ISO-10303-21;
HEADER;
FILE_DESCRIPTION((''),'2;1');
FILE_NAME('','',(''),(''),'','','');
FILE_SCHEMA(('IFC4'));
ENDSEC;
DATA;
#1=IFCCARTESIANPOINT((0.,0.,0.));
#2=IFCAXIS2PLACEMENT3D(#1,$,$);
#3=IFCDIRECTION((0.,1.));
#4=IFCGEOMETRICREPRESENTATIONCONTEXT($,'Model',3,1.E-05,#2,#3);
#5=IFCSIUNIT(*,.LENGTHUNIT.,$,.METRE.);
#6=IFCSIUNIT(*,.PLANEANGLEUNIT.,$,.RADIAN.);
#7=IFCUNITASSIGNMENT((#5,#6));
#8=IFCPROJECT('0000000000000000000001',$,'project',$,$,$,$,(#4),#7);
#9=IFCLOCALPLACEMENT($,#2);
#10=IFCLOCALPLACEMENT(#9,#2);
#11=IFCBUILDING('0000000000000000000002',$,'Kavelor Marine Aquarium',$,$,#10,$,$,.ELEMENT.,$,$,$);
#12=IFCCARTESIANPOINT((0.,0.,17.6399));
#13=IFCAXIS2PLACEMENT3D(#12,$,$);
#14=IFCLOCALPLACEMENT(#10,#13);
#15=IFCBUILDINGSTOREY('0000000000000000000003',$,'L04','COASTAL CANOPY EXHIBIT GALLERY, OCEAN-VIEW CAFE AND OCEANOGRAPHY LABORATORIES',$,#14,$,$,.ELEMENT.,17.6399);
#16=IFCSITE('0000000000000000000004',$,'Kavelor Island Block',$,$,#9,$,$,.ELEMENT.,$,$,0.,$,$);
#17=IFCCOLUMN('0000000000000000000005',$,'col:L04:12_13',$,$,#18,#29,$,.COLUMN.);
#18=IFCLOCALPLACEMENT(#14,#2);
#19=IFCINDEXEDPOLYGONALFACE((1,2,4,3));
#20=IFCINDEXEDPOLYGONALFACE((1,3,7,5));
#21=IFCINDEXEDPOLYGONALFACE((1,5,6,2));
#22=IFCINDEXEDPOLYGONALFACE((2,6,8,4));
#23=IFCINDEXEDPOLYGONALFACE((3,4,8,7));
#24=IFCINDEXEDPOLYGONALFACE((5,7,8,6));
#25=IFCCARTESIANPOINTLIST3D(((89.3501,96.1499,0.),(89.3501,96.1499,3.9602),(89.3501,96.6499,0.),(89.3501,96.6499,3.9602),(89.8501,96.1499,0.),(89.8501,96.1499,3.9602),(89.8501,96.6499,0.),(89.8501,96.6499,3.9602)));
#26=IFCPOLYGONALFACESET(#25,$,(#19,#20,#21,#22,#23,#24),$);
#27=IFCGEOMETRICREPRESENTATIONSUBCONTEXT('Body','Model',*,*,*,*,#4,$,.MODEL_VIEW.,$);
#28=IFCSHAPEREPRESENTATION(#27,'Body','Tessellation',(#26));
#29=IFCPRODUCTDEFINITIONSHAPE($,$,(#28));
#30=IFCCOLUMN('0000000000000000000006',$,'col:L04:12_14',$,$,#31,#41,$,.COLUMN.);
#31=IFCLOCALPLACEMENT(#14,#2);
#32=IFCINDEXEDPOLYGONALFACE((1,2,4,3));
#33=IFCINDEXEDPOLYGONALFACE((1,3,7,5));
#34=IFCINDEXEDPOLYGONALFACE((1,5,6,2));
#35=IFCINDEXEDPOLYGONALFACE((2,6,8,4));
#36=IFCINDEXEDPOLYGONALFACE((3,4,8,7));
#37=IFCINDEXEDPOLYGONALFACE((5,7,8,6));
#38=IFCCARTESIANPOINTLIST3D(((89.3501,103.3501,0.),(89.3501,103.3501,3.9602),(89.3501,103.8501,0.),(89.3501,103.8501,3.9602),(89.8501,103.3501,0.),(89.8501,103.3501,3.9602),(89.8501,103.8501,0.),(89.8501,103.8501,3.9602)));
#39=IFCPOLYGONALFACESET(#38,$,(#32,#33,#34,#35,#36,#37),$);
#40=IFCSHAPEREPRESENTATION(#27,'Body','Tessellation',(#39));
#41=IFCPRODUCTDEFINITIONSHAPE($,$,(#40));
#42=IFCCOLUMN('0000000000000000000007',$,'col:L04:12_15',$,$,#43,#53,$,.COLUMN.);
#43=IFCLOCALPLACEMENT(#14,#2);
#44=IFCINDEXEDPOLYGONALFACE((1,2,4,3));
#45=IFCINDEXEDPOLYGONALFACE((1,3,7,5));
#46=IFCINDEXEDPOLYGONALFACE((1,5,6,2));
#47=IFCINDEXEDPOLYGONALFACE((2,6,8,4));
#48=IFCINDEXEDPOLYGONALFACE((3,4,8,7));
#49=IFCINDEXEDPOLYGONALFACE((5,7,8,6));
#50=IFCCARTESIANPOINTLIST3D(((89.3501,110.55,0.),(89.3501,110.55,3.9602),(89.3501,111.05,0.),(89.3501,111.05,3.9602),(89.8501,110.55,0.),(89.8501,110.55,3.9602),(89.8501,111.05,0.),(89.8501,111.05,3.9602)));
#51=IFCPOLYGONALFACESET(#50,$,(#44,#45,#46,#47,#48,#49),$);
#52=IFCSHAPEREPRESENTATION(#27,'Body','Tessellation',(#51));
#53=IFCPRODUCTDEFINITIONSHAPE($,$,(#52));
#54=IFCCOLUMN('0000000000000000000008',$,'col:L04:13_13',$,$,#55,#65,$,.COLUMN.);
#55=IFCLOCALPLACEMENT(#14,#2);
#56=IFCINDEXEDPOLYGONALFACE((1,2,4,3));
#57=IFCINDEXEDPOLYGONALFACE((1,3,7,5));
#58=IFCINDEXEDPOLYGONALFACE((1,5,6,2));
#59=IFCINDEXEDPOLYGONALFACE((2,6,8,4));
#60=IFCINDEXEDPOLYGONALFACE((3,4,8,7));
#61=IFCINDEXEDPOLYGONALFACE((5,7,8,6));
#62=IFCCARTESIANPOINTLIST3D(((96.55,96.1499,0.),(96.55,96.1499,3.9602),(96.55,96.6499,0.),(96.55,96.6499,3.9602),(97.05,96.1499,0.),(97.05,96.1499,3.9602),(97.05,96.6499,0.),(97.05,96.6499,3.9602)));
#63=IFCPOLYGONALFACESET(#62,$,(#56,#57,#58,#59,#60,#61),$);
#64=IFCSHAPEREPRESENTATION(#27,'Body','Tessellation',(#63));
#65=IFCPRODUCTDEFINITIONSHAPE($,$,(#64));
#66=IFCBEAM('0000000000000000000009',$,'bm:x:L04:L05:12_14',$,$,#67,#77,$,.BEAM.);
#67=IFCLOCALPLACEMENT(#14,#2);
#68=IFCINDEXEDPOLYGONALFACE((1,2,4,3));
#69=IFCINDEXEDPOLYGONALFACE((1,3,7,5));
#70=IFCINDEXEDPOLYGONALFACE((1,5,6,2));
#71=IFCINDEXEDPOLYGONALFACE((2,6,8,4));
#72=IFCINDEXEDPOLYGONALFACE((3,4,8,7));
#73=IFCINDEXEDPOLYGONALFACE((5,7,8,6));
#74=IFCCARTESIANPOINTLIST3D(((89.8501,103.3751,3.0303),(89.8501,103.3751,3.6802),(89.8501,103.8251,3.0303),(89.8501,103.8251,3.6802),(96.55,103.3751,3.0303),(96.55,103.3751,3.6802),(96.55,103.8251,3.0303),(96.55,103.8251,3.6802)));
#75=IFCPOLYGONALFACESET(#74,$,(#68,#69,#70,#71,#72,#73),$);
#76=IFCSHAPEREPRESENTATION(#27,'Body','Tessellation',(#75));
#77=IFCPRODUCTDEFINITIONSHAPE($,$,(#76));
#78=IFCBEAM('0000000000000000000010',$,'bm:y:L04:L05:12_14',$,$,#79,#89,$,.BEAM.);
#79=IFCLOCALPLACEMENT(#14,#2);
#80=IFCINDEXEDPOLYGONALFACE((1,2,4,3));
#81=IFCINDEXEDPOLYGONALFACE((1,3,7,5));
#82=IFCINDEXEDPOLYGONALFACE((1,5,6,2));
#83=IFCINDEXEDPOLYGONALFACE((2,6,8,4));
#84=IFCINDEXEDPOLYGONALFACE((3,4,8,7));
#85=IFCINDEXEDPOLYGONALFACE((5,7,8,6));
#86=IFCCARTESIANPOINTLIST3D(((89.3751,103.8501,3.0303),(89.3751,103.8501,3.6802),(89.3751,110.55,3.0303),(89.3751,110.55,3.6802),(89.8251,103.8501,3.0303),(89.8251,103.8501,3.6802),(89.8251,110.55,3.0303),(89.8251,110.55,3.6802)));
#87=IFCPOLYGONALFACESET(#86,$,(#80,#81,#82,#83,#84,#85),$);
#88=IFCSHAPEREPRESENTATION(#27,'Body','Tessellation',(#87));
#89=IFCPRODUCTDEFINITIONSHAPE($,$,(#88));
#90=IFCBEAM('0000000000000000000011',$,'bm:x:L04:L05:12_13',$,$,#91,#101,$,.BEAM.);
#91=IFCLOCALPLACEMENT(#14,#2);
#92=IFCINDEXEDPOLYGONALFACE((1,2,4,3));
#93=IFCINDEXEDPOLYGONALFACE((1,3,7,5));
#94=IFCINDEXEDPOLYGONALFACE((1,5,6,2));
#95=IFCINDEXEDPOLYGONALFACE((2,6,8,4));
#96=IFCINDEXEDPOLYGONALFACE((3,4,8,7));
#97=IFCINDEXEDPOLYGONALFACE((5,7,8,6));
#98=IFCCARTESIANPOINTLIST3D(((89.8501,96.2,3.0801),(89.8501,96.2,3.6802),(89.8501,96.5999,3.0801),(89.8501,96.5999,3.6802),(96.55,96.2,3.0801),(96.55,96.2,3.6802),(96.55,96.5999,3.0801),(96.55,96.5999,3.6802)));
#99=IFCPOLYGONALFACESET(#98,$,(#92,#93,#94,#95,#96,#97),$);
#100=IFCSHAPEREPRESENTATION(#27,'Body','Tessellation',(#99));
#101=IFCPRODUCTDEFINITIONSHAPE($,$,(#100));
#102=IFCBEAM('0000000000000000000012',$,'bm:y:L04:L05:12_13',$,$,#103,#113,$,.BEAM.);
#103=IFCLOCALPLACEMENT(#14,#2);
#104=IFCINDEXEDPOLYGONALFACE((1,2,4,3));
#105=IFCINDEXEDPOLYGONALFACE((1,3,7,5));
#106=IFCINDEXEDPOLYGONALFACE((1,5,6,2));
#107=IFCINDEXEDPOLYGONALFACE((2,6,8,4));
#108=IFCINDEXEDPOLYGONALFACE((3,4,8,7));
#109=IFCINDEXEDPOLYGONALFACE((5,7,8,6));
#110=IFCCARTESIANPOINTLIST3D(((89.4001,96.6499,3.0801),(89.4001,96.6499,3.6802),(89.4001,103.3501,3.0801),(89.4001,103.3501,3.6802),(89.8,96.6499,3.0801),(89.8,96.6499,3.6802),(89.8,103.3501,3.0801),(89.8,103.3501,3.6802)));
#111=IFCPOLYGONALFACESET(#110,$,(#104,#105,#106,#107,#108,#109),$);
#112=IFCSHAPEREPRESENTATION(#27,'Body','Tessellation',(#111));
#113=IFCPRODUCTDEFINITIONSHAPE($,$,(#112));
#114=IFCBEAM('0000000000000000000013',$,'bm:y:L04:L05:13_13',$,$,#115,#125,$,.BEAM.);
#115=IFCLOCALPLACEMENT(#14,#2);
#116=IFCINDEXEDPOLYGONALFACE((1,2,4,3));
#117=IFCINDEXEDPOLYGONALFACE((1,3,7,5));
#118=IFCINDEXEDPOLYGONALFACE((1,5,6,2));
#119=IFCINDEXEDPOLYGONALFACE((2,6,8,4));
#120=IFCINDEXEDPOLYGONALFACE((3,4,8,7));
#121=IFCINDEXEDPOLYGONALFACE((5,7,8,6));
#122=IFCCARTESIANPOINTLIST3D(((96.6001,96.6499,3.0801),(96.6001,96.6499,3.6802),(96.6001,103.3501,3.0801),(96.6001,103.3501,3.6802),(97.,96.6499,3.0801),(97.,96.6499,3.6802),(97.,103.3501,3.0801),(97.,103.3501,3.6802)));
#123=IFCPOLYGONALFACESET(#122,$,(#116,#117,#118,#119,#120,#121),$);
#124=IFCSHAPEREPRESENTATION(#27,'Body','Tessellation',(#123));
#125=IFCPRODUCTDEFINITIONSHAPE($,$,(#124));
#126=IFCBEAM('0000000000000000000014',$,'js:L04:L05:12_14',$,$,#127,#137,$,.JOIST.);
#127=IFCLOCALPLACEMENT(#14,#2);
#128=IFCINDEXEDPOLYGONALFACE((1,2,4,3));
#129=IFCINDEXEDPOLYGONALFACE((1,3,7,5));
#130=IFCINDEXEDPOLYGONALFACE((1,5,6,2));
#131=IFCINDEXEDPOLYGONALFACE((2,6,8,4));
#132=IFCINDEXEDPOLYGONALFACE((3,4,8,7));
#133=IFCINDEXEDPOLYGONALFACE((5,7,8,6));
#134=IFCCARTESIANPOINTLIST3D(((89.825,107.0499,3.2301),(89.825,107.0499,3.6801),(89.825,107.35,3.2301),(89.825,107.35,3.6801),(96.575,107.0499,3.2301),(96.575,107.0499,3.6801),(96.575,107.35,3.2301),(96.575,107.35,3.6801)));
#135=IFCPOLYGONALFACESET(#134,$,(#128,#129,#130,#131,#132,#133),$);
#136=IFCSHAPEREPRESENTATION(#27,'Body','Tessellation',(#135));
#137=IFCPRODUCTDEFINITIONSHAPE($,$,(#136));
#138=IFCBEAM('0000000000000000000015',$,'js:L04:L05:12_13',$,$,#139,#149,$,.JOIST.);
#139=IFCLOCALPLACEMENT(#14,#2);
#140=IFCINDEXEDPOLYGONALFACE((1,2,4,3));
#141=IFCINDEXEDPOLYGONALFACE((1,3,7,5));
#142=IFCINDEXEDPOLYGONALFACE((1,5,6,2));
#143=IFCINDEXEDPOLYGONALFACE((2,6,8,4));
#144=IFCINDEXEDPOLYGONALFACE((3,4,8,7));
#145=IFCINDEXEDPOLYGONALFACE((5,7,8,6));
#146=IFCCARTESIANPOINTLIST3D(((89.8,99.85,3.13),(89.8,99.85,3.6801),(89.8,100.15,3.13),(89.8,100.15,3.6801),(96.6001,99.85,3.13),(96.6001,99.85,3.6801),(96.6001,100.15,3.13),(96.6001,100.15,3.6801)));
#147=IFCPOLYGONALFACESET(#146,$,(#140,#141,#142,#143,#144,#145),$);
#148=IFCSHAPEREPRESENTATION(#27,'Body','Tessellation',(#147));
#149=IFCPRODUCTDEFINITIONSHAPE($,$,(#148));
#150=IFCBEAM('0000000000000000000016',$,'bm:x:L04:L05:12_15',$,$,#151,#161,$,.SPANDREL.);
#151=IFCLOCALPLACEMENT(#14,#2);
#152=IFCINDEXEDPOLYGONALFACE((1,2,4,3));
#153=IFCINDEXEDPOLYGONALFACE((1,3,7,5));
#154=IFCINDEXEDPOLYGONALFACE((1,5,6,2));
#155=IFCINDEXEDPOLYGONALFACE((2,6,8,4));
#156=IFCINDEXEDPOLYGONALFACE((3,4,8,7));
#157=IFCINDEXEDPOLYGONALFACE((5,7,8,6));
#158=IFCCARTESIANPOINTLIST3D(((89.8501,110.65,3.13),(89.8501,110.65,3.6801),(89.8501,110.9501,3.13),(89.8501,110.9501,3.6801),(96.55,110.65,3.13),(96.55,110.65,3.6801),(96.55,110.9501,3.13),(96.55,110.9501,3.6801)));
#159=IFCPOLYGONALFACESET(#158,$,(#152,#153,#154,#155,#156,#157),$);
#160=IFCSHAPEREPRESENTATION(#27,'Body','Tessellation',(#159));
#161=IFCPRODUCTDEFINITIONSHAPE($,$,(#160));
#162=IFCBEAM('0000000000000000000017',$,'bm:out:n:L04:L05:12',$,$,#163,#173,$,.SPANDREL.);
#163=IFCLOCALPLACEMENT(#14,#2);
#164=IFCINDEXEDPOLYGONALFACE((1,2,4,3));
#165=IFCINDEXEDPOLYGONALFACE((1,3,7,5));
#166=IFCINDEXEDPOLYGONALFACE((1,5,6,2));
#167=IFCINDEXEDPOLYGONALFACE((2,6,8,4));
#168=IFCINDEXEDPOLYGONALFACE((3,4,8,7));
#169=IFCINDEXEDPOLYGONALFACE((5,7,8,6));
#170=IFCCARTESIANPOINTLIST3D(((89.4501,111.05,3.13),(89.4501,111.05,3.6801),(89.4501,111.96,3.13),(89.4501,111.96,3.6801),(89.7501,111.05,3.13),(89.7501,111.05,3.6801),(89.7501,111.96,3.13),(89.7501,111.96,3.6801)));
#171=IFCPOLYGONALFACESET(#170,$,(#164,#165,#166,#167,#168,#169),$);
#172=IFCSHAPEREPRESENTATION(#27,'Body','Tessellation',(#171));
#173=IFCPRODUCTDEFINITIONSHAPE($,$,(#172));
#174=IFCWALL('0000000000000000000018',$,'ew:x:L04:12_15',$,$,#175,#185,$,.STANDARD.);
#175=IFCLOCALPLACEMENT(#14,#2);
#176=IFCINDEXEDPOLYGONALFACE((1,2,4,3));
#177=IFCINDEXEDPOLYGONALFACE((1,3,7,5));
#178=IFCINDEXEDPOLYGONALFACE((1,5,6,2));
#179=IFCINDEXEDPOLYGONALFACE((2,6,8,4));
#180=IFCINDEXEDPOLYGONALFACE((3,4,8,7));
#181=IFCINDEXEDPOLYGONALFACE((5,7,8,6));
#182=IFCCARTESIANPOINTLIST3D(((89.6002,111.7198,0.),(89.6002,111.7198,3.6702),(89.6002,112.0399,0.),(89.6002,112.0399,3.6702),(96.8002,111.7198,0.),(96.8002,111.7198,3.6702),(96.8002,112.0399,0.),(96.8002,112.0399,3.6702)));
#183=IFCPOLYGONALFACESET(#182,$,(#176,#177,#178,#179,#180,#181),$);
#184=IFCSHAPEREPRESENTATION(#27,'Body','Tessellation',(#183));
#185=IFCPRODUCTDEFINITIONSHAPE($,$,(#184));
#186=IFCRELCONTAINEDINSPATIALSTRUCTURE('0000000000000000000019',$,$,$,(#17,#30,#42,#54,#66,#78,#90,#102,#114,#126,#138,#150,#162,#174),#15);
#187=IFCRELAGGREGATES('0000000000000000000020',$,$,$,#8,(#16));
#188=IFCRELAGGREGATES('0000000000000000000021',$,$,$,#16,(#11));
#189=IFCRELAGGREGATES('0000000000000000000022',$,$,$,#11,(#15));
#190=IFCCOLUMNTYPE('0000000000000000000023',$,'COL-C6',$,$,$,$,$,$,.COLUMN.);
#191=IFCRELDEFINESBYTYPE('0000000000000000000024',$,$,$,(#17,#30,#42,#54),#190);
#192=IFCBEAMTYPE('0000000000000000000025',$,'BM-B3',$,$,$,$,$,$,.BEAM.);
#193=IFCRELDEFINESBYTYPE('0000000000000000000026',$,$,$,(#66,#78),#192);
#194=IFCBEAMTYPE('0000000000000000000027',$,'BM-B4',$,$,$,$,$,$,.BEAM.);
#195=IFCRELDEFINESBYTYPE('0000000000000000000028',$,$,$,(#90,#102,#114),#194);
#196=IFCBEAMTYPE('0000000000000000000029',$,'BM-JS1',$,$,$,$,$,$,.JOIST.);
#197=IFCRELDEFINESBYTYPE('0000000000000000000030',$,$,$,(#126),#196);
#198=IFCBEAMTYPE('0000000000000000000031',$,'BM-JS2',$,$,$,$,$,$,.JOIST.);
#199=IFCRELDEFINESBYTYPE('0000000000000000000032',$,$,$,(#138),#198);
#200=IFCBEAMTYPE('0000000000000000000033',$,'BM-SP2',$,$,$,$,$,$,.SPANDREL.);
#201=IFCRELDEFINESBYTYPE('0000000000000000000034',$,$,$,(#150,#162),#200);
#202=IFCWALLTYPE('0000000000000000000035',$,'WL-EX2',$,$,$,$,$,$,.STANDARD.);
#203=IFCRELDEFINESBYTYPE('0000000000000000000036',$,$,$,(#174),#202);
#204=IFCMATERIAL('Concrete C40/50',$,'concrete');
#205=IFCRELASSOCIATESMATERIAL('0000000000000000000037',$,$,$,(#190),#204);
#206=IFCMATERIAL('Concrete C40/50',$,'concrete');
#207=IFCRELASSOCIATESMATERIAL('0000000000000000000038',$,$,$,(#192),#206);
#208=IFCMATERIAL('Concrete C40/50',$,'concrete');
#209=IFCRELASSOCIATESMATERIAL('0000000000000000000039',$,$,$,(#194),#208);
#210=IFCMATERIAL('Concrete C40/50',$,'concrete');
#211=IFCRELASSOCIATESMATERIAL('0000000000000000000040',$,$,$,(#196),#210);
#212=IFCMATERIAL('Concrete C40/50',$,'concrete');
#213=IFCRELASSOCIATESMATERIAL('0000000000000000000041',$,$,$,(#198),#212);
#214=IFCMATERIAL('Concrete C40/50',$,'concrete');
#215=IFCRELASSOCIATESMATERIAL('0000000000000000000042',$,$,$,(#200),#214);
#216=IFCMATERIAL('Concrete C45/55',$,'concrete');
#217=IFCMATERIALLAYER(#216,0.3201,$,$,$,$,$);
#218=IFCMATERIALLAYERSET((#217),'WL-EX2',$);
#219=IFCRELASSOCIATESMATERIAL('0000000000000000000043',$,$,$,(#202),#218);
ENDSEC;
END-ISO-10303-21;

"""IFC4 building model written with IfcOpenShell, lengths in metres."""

from ifc_helpers import new_model, si_unit, direction, frame, frame_2d, origin, origin_2d, place, context, subcontext, project, spatial, rectangle, extrude, material, layer, layer_set, material_profile, profile_set, type_object, element, save


model = new_model("IFC4")

# Units and contexts
model_context = context("Model", 3, precision=1e-05, world=origin(), true_north=direction((0.0, 1.0)))
body_context = subcontext(model_context, "Body", "Model", "MODEL_VIEW")
ifc_project = project(units=[si_unit("LENGTHUNIT", "METRE"), si_unit("PLANEANGLEUNIT", "RADIAN")], contexts=[model_context])

# Site, building, storey
site_placement = place(None, origin())
site = spatial("IfcSite", under=ifc_project, at=site_placement, Name="Kavelor Island Block", CompositionType="ELEMENT", RefElevation=0.0)
building_placement = place(site_placement, origin())
building = spatial("IfcBuilding", under=site, at=building_placement, Name="Kavelor Marine Aquarium", CompositionType="ELEMENT")
storey_placement = place(building_placement, frame((0.0, 0.0, 17.6399)))
storey = spatial("IfcBuildingStorey", under=building, at=storey_placement, Name="L04", Description="COASTAL CANOPY EXHIBIT GALLERY, OCEAN-VIEW CAFE AND OCEANOGRAPHY LABORATORIES", CompositionType="ELEMENT", Elevation=17.6399)

# Columns
ifc_material_1 = material(Name="Concrete C40/50", Category="concrete")
ifc_material_profile_1 = material_profile(ifc_material_1, rectangle(XDim=0.5, YDim=0.5, at=origin_2d()), Name="RC-COL 500x500")
ifc_profile_set_1 = profile_set([ifc_material_profile_1], Name="Concrete C40/50")
column_type = type_object("IfcColumnType", Name="COL-C6", PredefinedType="COLUMN", material=ifc_profile_set_1)
for number, where, z_axis, x_axis, name in (
    (1, (89.6001, 96.3999, 0.0), (0.0, 0.0, 1.0), (1.0, 0.0, 0.0), "col:L04:12_13"),
    (2, (89.6001, 103.6001, 0.0), (0.0, 0.0, 1.0), (1.0, 0.0, 0.0), "col:L04:12_14"),
    (3, (89.6001, 110.8, 0.0), (0.0, 0.0, 1.0), (1.0, 0.0, 0.0), "col:L04:12_15"),
    (4, (96.8, 96.3999, 0.0), (0.0, 0.0, 1.0), (1.0, 0.0, 0.0), "col:L04:13_13"),
):
    element("IfcColumn", number, at=place(storey_placement, frame(where, z_axis=z_axis, x_axis=x_axis)), inside=storey, type_object=column_type, Name=name, PredefinedType="COLUMN", context=body_context, shape_type="SweptSolid", body=[
        extrude(rectangle(XDim=0.5, YDim=0.5, at=origin_2d()), origin(), (0.0, 0.0, 1.0), 3.9602),
    ])

# Beams
ifc_material_2 = material(Name="Concrete C40/50", Category="concrete")
ifc_material_profile_2 = material_profile(ifc_material_2, rectangle(XDim=0.45, YDim=0.6499, at=origin_2d()), Name="RC-BM 450x650")
ifc_profile_set_2 = profile_set([ifc_material_profile_2], Name="Concrete C40/50")
beam_type_1 = type_object("IfcBeamType", Name="BM-B3", PredefinedType="BEAM", material=ifc_profile_set_2)
for number, where, z_axis, x_axis, name in (
    (5, (89.8501, 103.6001, 3.3552), (1.0, 0.0, 0.0), (0.0, 1.0, 0.0), "bm:x:L04:L05:12_14"),
    (6, (89.6001, 103.8501, 3.3552), (0.0, 1.0, 0.0), (-1.0, 0.0, 0.0), "bm:y:L04:L05:12_14"),
):
    element("IfcBeam", number, at=place(storey_placement, frame(where, z_axis=z_axis, x_axis=x_axis)), inside=storey, type_object=beam_type_1, Name=name, PredefinedType="BEAM", context=body_context, shape_type="SweptSolid", body=[
        extrude(rectangle(XDim=0.45, YDim=0.6499, at=origin_2d()), origin(), (0.0, 0.0, 1.0), 6.7),
    ])
ifc_material_3 = material(Name="Concrete C40/50", Category="concrete")
ifc_material_profile_3 = material_profile(ifc_material_3, rectangle(XDim=0.3999, YDim=0.6001, at=origin_2d()), Name="RC-BM 400x600")
ifc_profile_set_3 = profile_set([ifc_material_profile_3], Name="Concrete C40/50")
beam_type_2 = type_object("IfcBeamType", Name="BM-B4", PredefinedType="BEAM", material=ifc_profile_set_3)
beam_1_placement = place(storey_placement, frame((89.8501, 96.3999, 3.3801), z_axis=(1.0, 0.0, 0.0), x_axis=(0.0, 1.0, 0.0)))
element("IfcBeam", 7, at=beam_1_placement, inside=storey, type_object=beam_type_2, Name="bm:x:L04:L05:12_13", PredefinedType="BEAM", context=body_context, shape_type="SweptSolid", body=[
    extrude(rectangle(XDim=0.3999, YDim=0.6001, at=origin_2d()), origin(), (0.0, 0.0, 1.0), 6.7),
])
for number, where, z_axis, x_axis, name in (
    (8, (89.6001, 96.6499, 3.3801), (0.0, 1.0, 0.0), (-1.0, 0.0, 0.0), "bm:y:L04:L05:12_13"),
    (9, (96.8, 96.6499, 3.3801), (0.0, 1.0, 0.0), (-1.0, 0.0, 0.0), "bm:y:L04:L05:13_13"),
):
    element("IfcBeam", number, at=place(storey_placement, frame(where, z_axis=z_axis, x_axis=x_axis)), inside=storey, type_object=beam_type_2, Name=name, PredefinedType="BEAM", context=body_context, shape_type="SweptSolid", body=[
        extrude(rectangle(XDim=0.3999, YDim=0.6001, at=origin_2d()), origin(), (0.0, 0.0, 1.0), 6.7002),
    ])
ifc_material_4 = material(Name="Concrete C40/50", Category="concrete")
ifc_material_profile_4 = material_profile(ifc_material_4, rectangle(XDim=0.3, YDim=0.45, at=origin_2d()), Name="RC-JS 300x450")
ifc_profile_set_4 = profile_set([ifc_material_profile_4], Name="Concrete C40/50")
beam_type_3 = type_object("IfcBeamType", Name="BM-JS1", PredefinedType="JOIST", material=ifc_profile_set_4)
beam_2_placement = place(storey_placement, frame((89.825, 107.2, 3.4551), z_axis=(1.0, 0.0, 0.0), x_axis=(0.0, 1.0, 0.0)))
element("IfcBeam", 10, at=beam_2_placement, inside=storey, type_object=beam_type_3, Name="js:L04:L05:12_14", PredefinedType="JOIST", context=body_context, shape_type="SweptSolid", body=[
    extrude(rectangle(XDim=0.3, YDim=0.45, at=origin_2d()), origin(), (0.0, 0.0, 1.0), 6.75),
])
ifc_material_5 = material(Name="Concrete C40/50", Category="concrete")
ifc_material_profile_5 = material_profile(ifc_material_5, rectangle(XDim=0.3, YDim=0.55, at=origin_2d()), Name="RC-JS 300x550")
ifc_profile_set_5 = profile_set([ifc_material_profile_5], Name="Concrete C40/50")
beam_type_4 = type_object("IfcBeamType", Name="BM-JS2", PredefinedType="JOIST", material=ifc_profile_set_5)
beam_3_placement = place(storey_placement, frame((89.8, 100.0, 3.405), z_axis=(1.0, 0.0, 0.0), x_axis=(0.0, 1.0, 0.0)))
element("IfcBeam", 11, at=beam_3_placement, inside=storey, type_object=beam_type_4, Name="js:L04:L05:12_13", PredefinedType="JOIST", context=body_context, shape_type="SweptSolid", body=[
    extrude(rectangle(XDim=0.3, YDim=0.55, at=origin_2d()), origin(), (0.0, 0.0, 1.0), 6.8),
])
ifc_material_6 = material(Name="Concrete C40/50", Category="concrete")
ifc_material_profile_6 = material_profile(ifc_material_6, rectangle(XDim=0.3, YDim=0.55, at=origin_2d()), Name="RC-SP 300x550")
ifc_profile_set_6 = profile_set([ifc_material_profile_6], Name="Concrete C40/50")
beam_type_5 = type_object("IfcBeamType", Name="BM-SP2", PredefinedType="SPANDREL", material=ifc_profile_set_6)
beam_4_placement = place(storey_placement, frame((89.8501, 110.8, 3.405), z_axis=(1.0, 0.0, 0.0), x_axis=(0.0, 1.0, 0.0)))
element("IfcBeam", 12, at=beam_4_placement, inside=storey, type_object=beam_type_5, Name="bm:x:L04:L05:12_15", PredefinedType="SPANDREL", context=body_context, shape_type="SweptSolid", body=[
    extrude(rectangle(XDim=0.3, YDim=0.55, at=origin_2d()), origin(), (0.0, 0.0, 1.0), 6.7),
])
beam_5_placement = place(storey_placement, frame((89.6001, 111.05, 3.405), z_axis=(0.0, 1.0, 0.0), x_axis=(-1.0, 0.0, 0.0)))
element("IfcBeam", 13, at=beam_5_placement, inside=storey, type_object=beam_type_5, Name="bm:out:n:L04:L05:12", PredefinedType="SPANDREL", context=body_context, shape_type="SweptSolid", body=[
    extrude(rectangle(XDim=0.3, YDim=0.55, at=origin_2d()), origin(), (0.0, 0.0, 1.0), 0.9099),
])

# Wall
ifc_material_7 = material(Name="Concrete C45/55", Category="concrete")
ifc_layer_1 = layer(ifc_material_7, 0.3201)
ifc_layer_set_1 = layer_set([ifc_layer_1], Name="WL-EX2")
wall_type_1 = type_object("IfcWallType", Name="WL-EX2", PredefinedType="STANDARD", material=ifc_layer_set_1)
wall_1_placement = place(storey_placement, frame((89.6001, 111.8799, 0.0), z_axis=(0.0, 0.0, 1.0), x_axis=(1.0, 0.0, 0.0)))
element("IfcWall", 14, at=wall_1_placement, inside=storey, type_object=wall_type_1, Name="ew:x:L04:12_15", PredefinedType="STANDARD", context=body_context, shape_type="SweptSolid", body=[
    extrude(rectangle(XDim=7.2, YDim=0.3201, at=frame_2d((3.6001, 0.0))), origin(), (0.0, 0.0, 1.0), 3.6702),
])

save(model, "model.ifc")
